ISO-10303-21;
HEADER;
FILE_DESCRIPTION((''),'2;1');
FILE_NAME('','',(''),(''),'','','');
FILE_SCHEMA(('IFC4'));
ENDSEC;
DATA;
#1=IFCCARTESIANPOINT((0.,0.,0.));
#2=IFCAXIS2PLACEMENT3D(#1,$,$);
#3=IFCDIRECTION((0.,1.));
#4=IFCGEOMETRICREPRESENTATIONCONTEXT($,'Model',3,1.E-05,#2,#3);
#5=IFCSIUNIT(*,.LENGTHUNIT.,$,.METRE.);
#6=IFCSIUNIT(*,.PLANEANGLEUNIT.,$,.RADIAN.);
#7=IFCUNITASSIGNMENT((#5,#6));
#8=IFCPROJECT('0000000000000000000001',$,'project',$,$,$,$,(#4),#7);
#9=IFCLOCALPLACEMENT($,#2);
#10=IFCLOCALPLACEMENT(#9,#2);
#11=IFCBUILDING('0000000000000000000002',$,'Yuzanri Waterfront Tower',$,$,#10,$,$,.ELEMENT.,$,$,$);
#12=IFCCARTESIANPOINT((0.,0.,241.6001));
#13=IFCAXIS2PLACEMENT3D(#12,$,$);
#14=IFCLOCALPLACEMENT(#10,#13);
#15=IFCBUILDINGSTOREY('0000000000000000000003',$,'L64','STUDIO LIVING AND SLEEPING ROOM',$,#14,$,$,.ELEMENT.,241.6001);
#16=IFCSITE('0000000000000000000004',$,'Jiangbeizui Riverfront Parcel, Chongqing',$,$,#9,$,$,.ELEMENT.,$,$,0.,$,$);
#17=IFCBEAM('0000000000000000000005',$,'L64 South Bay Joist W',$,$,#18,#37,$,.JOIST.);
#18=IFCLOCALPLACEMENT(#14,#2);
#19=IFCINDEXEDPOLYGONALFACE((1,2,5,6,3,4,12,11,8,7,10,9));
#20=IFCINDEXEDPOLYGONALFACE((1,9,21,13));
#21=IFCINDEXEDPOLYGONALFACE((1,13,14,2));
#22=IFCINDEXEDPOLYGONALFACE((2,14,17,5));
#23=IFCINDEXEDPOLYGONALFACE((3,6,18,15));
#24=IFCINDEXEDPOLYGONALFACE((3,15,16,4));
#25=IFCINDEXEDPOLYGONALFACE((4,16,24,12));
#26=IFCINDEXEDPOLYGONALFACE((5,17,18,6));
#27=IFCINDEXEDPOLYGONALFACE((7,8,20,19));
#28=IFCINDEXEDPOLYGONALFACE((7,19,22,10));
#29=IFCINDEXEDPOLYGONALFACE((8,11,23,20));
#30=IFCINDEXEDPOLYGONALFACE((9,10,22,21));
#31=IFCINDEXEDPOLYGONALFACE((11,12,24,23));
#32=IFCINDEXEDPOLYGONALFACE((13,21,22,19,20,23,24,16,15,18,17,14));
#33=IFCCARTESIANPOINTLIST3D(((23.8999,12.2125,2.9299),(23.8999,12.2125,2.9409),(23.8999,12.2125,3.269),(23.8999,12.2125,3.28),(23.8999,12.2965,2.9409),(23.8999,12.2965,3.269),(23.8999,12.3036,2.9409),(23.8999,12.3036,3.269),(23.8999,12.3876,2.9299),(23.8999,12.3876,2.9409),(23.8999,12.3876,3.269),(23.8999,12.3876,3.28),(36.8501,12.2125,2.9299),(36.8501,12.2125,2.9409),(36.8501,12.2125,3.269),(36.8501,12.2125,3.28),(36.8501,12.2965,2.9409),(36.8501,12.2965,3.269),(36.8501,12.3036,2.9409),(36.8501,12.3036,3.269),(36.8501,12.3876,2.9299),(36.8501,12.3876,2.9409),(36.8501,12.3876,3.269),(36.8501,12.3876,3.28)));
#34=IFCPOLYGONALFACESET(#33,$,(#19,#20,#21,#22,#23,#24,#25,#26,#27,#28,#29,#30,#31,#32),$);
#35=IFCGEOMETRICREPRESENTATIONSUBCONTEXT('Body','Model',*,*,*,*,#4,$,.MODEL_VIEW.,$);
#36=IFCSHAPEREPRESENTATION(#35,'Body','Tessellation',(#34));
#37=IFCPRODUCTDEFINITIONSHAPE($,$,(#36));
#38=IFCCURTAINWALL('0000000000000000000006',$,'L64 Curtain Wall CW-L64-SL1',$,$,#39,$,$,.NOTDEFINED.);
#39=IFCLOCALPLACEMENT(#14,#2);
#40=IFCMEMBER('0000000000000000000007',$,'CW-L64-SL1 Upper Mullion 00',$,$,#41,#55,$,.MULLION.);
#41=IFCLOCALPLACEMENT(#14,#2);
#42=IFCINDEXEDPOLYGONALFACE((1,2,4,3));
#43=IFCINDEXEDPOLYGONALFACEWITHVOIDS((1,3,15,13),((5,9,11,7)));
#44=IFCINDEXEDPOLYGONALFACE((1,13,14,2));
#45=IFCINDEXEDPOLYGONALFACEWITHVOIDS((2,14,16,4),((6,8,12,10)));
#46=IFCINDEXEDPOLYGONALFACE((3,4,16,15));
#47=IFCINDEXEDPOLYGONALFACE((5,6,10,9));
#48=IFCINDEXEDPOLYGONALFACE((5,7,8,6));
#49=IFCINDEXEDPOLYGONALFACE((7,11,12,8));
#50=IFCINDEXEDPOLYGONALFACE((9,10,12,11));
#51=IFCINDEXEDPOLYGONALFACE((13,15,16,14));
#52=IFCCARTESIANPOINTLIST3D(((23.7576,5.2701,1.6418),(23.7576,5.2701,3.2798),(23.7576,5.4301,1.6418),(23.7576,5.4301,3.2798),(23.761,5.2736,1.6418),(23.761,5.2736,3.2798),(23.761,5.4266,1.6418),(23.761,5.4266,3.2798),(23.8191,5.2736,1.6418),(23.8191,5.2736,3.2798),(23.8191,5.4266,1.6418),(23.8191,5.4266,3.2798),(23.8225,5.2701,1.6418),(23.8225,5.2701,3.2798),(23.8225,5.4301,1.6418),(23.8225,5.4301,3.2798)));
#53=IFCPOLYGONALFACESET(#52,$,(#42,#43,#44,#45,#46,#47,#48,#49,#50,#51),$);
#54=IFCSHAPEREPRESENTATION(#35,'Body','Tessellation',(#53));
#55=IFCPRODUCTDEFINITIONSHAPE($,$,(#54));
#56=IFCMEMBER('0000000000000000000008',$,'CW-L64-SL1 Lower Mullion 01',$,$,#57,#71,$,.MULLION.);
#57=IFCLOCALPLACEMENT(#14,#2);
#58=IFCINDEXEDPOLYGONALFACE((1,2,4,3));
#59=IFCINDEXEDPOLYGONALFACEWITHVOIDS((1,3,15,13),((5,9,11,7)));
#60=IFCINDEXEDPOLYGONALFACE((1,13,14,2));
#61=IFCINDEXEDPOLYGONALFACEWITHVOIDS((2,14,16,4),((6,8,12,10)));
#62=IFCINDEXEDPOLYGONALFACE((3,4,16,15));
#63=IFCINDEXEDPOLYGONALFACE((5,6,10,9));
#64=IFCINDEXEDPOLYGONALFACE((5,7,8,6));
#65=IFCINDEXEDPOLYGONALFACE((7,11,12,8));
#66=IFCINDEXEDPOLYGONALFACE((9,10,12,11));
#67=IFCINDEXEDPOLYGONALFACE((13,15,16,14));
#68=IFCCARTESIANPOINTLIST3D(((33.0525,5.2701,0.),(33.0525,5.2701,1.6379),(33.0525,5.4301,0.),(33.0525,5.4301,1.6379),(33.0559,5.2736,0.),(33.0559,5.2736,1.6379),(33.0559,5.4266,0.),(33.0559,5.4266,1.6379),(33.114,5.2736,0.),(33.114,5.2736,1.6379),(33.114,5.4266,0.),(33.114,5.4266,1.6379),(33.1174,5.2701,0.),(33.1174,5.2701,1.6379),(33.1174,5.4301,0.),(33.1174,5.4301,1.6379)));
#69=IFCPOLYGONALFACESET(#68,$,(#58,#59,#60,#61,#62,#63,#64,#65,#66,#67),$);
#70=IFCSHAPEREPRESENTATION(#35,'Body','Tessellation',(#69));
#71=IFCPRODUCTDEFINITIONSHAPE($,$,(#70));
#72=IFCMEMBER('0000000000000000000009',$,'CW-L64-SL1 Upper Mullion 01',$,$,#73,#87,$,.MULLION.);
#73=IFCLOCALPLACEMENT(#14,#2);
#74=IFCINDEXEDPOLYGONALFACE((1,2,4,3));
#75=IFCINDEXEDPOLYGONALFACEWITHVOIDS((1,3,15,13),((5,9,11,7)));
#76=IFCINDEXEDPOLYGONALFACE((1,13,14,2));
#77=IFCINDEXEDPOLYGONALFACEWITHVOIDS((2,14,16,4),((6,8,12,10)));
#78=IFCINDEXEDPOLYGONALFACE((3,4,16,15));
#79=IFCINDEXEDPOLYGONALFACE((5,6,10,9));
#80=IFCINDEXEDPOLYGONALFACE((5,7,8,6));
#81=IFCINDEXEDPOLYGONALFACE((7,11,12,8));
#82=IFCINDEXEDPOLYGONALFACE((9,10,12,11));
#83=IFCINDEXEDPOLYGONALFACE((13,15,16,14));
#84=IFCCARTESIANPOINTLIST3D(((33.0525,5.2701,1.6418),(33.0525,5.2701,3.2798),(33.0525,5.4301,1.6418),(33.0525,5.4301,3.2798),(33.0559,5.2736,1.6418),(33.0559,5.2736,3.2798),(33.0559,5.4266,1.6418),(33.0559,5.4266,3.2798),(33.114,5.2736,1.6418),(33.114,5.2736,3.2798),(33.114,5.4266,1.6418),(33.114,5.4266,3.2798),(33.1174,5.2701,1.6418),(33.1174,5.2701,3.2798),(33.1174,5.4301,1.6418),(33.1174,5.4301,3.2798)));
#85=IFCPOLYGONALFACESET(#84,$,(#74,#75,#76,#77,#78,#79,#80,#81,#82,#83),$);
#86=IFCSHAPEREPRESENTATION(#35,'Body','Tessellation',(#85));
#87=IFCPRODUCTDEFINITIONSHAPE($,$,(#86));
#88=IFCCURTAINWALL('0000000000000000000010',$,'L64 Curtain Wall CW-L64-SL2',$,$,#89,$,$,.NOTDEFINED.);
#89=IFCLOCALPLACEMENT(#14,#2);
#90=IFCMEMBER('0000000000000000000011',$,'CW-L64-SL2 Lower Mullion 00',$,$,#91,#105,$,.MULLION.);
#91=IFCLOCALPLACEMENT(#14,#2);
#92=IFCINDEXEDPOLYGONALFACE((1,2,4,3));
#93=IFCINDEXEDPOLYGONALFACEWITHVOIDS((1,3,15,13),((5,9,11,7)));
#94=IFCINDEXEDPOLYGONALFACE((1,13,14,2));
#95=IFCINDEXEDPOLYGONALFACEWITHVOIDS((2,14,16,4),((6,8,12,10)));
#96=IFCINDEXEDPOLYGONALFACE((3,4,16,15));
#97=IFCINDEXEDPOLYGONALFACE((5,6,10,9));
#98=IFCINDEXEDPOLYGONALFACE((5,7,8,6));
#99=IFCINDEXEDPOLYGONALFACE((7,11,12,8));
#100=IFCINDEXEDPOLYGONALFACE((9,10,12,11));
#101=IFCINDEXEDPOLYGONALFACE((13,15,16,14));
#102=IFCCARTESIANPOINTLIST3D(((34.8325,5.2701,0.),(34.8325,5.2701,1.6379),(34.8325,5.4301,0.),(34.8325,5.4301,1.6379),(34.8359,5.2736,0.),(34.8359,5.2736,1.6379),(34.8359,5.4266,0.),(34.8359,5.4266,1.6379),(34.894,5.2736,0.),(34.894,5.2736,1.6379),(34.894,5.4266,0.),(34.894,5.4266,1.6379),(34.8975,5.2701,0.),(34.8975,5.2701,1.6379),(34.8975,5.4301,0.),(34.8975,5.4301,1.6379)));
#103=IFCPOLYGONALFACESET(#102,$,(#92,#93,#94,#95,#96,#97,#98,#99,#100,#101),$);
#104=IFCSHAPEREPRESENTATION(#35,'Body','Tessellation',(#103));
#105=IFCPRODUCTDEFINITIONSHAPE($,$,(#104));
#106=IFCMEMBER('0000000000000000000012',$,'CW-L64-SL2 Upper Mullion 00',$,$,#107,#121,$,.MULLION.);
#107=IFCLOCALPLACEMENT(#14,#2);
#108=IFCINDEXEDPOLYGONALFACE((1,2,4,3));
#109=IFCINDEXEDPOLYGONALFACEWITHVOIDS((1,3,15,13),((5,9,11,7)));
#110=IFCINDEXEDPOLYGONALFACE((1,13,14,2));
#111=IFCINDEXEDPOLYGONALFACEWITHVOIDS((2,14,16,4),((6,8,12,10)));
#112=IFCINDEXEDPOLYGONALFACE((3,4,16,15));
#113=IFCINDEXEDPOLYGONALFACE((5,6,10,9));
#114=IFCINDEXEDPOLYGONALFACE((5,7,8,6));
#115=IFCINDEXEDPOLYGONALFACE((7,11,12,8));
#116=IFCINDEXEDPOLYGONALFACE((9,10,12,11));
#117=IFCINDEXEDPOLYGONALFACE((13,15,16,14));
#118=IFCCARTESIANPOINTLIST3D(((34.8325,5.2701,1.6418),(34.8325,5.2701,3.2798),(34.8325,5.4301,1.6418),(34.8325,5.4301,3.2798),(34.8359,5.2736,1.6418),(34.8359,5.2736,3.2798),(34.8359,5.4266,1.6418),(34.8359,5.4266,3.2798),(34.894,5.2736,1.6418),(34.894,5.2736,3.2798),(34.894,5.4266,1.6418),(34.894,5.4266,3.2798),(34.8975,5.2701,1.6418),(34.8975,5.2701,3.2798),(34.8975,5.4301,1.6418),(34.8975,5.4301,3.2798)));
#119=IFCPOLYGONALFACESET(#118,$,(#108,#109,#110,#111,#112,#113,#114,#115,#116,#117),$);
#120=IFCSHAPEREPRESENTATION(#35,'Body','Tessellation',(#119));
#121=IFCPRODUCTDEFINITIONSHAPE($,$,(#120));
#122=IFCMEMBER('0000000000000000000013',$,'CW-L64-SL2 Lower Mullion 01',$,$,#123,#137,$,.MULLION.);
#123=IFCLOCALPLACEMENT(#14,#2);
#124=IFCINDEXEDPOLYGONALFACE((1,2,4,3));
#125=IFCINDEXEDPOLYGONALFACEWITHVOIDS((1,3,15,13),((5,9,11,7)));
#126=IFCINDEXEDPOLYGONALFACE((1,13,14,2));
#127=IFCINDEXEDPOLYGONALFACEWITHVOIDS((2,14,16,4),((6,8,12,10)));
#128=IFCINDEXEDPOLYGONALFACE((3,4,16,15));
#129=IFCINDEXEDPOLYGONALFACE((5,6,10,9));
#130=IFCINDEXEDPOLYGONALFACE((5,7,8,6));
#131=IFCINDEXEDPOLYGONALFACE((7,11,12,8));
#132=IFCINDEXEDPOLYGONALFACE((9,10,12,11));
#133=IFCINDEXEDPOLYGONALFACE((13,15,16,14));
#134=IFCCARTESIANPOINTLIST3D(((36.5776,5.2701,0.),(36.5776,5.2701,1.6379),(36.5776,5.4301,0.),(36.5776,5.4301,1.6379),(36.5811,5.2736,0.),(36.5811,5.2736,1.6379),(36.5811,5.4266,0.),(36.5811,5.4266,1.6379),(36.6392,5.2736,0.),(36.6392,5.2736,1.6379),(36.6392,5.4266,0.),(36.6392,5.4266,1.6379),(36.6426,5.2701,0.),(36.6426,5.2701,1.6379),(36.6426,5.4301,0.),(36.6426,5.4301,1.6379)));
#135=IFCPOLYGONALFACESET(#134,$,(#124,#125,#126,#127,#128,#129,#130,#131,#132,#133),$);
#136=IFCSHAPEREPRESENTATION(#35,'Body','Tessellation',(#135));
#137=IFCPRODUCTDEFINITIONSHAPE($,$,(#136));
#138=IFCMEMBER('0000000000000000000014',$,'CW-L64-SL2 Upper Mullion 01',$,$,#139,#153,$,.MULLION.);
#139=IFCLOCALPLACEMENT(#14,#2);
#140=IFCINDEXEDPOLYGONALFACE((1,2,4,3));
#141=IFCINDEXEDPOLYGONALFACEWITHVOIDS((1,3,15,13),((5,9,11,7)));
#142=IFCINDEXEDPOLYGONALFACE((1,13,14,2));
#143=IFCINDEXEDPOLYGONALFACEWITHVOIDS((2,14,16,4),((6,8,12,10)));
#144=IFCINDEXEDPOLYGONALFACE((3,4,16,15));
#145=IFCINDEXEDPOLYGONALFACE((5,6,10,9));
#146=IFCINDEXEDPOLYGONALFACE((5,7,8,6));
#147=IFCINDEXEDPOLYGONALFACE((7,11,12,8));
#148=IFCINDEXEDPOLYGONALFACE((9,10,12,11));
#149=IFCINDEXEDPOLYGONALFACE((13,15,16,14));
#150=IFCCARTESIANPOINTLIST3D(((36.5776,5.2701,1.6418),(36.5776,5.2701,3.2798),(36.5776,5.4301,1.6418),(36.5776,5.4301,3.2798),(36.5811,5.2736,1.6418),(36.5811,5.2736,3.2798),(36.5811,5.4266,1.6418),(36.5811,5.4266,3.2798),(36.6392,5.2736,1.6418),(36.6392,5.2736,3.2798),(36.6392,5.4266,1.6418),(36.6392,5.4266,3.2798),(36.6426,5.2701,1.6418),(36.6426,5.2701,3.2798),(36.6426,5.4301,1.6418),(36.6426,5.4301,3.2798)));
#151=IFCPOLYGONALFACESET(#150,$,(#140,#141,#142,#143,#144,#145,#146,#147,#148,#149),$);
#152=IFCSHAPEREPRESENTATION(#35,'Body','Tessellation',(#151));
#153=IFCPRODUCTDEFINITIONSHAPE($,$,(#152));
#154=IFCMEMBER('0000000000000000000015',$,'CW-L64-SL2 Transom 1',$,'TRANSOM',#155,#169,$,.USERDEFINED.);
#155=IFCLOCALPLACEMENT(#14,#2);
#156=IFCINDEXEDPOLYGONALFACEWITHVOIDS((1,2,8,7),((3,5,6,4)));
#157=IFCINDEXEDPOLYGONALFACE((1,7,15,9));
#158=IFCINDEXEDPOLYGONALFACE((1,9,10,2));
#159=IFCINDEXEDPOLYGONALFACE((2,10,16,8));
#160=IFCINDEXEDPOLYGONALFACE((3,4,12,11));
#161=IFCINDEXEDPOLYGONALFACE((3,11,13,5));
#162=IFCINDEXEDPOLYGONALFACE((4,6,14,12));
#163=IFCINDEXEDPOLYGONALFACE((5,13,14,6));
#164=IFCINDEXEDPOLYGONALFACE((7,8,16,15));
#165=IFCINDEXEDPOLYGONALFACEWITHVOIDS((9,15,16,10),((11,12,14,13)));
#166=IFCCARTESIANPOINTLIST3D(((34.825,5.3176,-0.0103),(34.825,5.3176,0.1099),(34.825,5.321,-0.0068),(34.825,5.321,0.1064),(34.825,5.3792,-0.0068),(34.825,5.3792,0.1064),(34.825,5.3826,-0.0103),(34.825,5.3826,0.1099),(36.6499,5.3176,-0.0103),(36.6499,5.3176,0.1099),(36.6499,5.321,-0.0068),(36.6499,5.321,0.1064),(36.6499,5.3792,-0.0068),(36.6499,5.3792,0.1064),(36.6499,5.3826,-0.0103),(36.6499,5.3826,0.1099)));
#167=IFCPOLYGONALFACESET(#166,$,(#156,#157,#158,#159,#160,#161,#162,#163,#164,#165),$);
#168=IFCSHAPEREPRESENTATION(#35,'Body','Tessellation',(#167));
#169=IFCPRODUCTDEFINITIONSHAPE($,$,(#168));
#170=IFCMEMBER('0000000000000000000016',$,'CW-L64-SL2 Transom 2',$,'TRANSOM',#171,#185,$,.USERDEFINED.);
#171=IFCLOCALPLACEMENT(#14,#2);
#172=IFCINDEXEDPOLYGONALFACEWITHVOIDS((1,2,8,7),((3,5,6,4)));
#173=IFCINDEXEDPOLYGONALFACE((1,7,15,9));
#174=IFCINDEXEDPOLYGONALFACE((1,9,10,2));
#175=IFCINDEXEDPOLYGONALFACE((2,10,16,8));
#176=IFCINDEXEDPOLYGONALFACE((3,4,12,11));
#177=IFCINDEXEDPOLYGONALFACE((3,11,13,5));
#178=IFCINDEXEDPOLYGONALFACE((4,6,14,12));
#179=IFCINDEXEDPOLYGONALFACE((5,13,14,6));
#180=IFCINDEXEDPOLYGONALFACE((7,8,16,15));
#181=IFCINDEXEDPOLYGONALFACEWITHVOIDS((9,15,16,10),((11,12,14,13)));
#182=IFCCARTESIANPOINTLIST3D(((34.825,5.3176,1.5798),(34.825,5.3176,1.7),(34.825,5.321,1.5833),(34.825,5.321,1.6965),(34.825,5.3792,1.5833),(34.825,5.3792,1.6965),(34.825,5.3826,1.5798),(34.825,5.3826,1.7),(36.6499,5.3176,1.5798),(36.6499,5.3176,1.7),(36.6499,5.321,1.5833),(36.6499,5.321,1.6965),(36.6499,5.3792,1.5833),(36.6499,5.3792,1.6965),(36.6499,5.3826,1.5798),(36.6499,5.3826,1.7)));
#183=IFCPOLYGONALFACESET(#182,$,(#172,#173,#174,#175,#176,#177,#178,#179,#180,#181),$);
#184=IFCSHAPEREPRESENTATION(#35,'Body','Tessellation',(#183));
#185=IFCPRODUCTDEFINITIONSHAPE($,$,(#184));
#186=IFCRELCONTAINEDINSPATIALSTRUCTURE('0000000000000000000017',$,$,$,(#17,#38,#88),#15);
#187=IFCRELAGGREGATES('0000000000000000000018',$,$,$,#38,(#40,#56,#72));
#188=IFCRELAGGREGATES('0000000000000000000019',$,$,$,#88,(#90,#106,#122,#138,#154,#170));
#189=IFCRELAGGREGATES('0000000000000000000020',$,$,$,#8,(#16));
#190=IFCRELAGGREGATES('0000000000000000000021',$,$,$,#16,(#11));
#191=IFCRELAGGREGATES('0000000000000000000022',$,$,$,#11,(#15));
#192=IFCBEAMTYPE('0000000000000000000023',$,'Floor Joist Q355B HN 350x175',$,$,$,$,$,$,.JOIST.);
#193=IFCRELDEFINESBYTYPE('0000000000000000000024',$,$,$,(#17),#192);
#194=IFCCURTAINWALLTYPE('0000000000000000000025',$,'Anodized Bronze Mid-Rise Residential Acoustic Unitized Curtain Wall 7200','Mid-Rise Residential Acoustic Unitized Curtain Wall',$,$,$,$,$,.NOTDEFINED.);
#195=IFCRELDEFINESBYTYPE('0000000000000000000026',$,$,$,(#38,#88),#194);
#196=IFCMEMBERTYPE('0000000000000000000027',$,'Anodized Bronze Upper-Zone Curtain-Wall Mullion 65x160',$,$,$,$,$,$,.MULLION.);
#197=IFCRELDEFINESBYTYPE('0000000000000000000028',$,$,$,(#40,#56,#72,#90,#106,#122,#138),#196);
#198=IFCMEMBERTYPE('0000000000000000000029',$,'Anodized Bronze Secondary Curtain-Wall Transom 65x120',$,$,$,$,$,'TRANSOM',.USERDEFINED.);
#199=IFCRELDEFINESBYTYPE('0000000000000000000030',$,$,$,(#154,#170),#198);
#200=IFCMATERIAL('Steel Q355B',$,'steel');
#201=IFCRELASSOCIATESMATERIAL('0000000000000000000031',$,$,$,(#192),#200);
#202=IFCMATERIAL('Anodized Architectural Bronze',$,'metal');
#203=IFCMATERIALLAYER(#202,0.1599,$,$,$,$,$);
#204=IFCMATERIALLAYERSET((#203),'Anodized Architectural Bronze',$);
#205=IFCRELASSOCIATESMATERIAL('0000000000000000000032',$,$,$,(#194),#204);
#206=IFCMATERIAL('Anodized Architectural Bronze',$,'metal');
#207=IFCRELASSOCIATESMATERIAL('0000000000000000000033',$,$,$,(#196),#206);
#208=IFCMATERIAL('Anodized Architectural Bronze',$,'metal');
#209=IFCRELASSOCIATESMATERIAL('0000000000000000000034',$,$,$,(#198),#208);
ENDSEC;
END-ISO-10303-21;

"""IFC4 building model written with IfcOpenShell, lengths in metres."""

from ifc_helpers import new_model, si_unit, direction, frame, origin, origin_2d, place, context, subcontext, project, spatial, hollow_rectangle, i_section, extrude, source, transform, mapped, material, layer, layer_set, material_profile, profile_set, type_object, element, aggregate, save


model = new_model("IFC4")

# Units and contexts
model_context = context("Model", 3, precision=1e-05, world=origin(), true_north=direction((0.0, 1.0)))
body_context = subcontext(model_context, "Body", "Model", "MODEL_VIEW")
ifc_project = project(units=[si_unit("LENGTHUNIT", "METRE"), si_unit("PLANEANGLEUNIT", "RADIAN")], contexts=[model_context])

# Site, building, storey
site_placement = place(None, origin())
site = spatial("IfcSite", under=ifc_project, at=site_placement, Name="Jiangbeizui Riverfront Parcel, Chongqing", CompositionType="ELEMENT", RefElevation=0.0)
building_placement = place(site_placement, origin())
building = spatial("IfcBuilding", under=site, at=building_placement, Name="Yuzanri Waterfront Tower", CompositionType="ELEMENT")
storey_placement = place(building_placement, frame((0.0, 0.0, 241.6001)))
storey = spatial("IfcBuildingStorey", under=building, at=storey_placement, Name="L64", Description="STUDIO LIVING AND SLEEPING ROOM", CompositionType="ELEMENT", Elevation=241.6001)

# Beam
ifc_material_1 = material(Name="Steel Q355B", Category="steel")
ifc_material_profile_1 = material_profile(ifc_material_1, i_section(OverallWidth=0.175, OverallDepth=0.3501, WebThickness=0.0071, FlangeThickness=0.011, at=origin_2d()), Name="HN 350x175x7x11")
ifc_profile_set_1 = profile_set([ifc_material_profile_1], Name="Steel Q355B")
beam_type = type_object("IfcBeamType", Name="Floor Joist Q355B HN 350x175", PredefinedType="JOIST", material=ifc_profile_set_1)
shared_shape_1 = source(origin(), body_context, "Body", "SweptSolid", [
    extrude(i_section(OverallWidth=0.175, OverallDepth=0.3501, WebThickness=0.0071, FlangeThickness=0.011, at=origin_2d()), origin(), (0.0, 0.0, 1.0), 12.9502),
])
beam_placement = place(storey_placement, frame((23.8999, 12.3, 3.105), z_axis=(1.0, 0.0, 0.0), x_axis=(0.0, 1.0, 0.0)))
element("IfcBeam", 1, at=beam_placement, inside=storey, type_object=beam_type, Name="L64 South Bay Joist W", PredefinedType="JOIST", context=body_context, shape_type="MappedRepresentation", body=[
    mapped(shared_shape_1, transform((0.0, 0.0, 0.0), scale=1.0)),
])

# Curtain walls, members
ifc_material_2 = material(Name="Anodized Architectural Bronze", Category="metal")
ifc_layer_1 = layer(ifc_material_2, 0.1599)
ifc_layer_set_1 = layer_set([ifc_layer_1], Name="Anodized Architectural Bronze")
curtain_wall_type = type_object("IfcCurtainWallType", Name="Anodized Bronze Mid-Rise Residential Acoustic Unitized Curtain Wall 7200", Description="Mid-Rise Residential Acoustic Unitized Curtain Wall", PredefinedType="NOTDEFINED", material=ifc_layer_set_1)
curtain_wall_1_placement = place(storey_placement, origin())
curtain_wall_1 = element("IfcCurtainWall", 2, at=curtain_wall_1_placement, inside=storey, type_object=curtain_wall_type, Name="L64 Curtain Wall CW-L64-SL1", PredefinedType="NOTDEFINED")
ifc_material_3 = material(Name="Anodized Architectural Bronze", Category="metal")
ifc_material_profile_2 = material_profile(ifc_material_3, hollow_rectangle(XDim=0.0649, YDim=0.1599, WallThickness=0.0034, at=origin_2d()), Name="CWM 65x160")
ifc_profile_set_2 = profile_set([ifc_material_profile_2], Name="Anodized Architectural Bronze")
member_type_1 = type_object("IfcMemberType", Name="Anodized Bronze Upper-Zone Curtain-Wall Mullion 65x160", PredefinedType="MULLION", material=ifc_profile_set_2)
shared_shape_2 = source(origin(), body_context, "Body", "SweptSolid", [
    extrude(hollow_rectangle(XDim=0.0649, YDim=0.1599, WallThickness=0.0034, at=origin_2d()), origin(), (0.0, 0.0, 1.0), 1.6379),
])
member_1_placement = place(storey_placement, frame((23.79, 5.3501, 1.6418), z_axis=(0.0, 0.0, 1.0), x_axis=(1.0, 0.0, 0.0)))
member_1 = element("IfcMember", 3, at=member_1_placement, type_object=member_type_1, Name="CW-L64-SL1 Upper Mullion 00", PredefinedType="MULLION", context=body_context, shape_type="MappedRepresentation", body=[
    mapped(shared_shape_2, transform((0.0, 0.0, 0.0), scale=1.0)),
])
member_2_placement = place(storey_placement, frame((33.085, 5.3501, 0.0), z_axis=(0.0, 0.0, 1.0), x_axis=(1.0, 0.0, 0.0)))
member_2 = element("IfcMember", 4, at=member_2_placement, type_object=member_type_1, Name="CW-L64-SL1 Lower Mullion 01", PredefinedType="MULLION", context=body_context, shape_type="MappedRepresentation", body=[
    mapped(shared_shape_2, transform((0.0, 0.0, 0.0), scale=1.0)),
])
member_3_placement = place(storey_placement, frame((33.085, 5.3501, 1.6418), z_axis=(0.0, 0.0, 1.0), x_axis=(1.0, 0.0, 0.0)))
member_3 = element("IfcMember", 5, at=member_3_placement, type_object=member_type_1, Name="CW-L64-SL1 Upper Mullion 01", PredefinedType="MULLION", context=body_context, shape_type="MappedRepresentation", body=[
    mapped(shared_shape_2, transform((0.0, 0.0, 0.0), scale=1.0)),
])
curtain_wall_2_placement = place(storey_placement, origin())
curtain_wall_2 = element("IfcCurtainWall", 6, at=curtain_wall_2_placement, inside=storey, type_object=curtain_wall_type, Name="L64 Curtain Wall CW-L64-SL2", PredefinedType="NOTDEFINED")
member_4_placement = place(storey_placement, frame((34.865, 5.3501, 0.0), z_axis=(0.0, 0.0, 1.0), x_axis=(1.0, 0.0, 0.0)))
member_4 = element("IfcMember", 7, at=member_4_placement, type_object=member_type_1, Name="CW-L64-SL2 Lower Mullion 00", PredefinedType="MULLION", context=body_context, shape_type="MappedRepresentation", body=[
    mapped(shared_shape_2, transform((0.0, 0.0, 0.0), scale=1.0)),
])
member_5_placement = place(storey_placement, frame((34.865, 5.3501, 1.6418), z_axis=(0.0, 0.0, 1.0), x_axis=(1.0, 0.0, 0.0)))
member_5 = element("IfcMember", 8, at=member_5_placement, type_object=member_type_1, Name="CW-L64-SL2 Upper Mullion 00", PredefinedType="MULLION", context=body_context, shape_type="MappedRepresentation", body=[
    mapped(shared_shape_2, transform((0.0, 0.0, 0.0), scale=1.0)),
])
member_6_placement = place(storey_placement, frame((36.6101, 5.3501, 0.0), z_axis=(0.0, 0.0, 1.0), x_axis=(1.0, 0.0, 0.0)))
member_6 = element("IfcMember", 9, at=member_6_placement, type_object=member_type_1, Name="CW-L64-SL2 Lower Mullion 01", PredefinedType="MULLION", context=body_context, shape_type="MappedRepresentation", body=[
    mapped(shared_shape_2, transform((0.0, 0.0, 0.0), scale=1.0)),
])
member_7_placement = place(storey_placement, frame((36.6101, 5.3501, 1.6418), z_axis=(0.0, 0.0, 1.0), x_axis=(1.0, 0.0, 0.0)))
member_7 = element("IfcMember", 10, at=member_7_placement, type_object=member_type_1, Name="CW-L64-SL2 Upper Mullion 01", PredefinedType="MULLION", context=body_context, shape_type="MappedRepresentation", body=[
    mapped(shared_shape_2, transform((0.0, 0.0, 0.0), scale=1.0)),
])
ifc_material_4 = material(Name="Anodized Architectural Bronze", Category="metal")
ifc_material_profile_3 = material_profile(ifc_material_4, hollow_rectangle(XDim=0.0649, YDim=0.1201, WallThickness=0.0034, at=origin_2d()), Name="CWT 65x120")
ifc_profile_set_3 = profile_set([ifc_material_profile_3], Name="Anodized Architectural Bronze")
member_type_2 = type_object("IfcMemberType", Name="Anodized Bronze Secondary Curtain-Wall Transom 65x120", ElementType="TRANSOM", PredefinedType="USERDEFINED", material=ifc_profile_set_3)
shared_shape_3 = source(origin(), body_context, "Body", "SweptSolid", [
    extrude(hollow_rectangle(XDim=0.0649, YDim=0.1201, WallThickness=0.0034, at=origin_2d()), origin(), (0.0, 0.0, 1.0), 1.825),
])
member_8_placement = place(storey_placement, frame((34.825, 5.3501, 0.0498), z_axis=(1.0, 0.0, 0.0), x_axis=(0.0, 1.0, 0.0)))
member_8 = element("IfcMember", 11, at=member_8_placement, type_object=member_type_2, Name="CW-L64-SL2 Transom 1", ObjectType="TRANSOM", PredefinedType="USERDEFINED", context=body_context, shape_type="MappedRepresentation", body=[
    mapped(shared_shape_3, transform((0.0, 0.0, 0.0), scale=1.0)),
])
member_9_placement = place(storey_placement, frame((34.825, 5.3501, 1.6399), z_axis=(1.0, 0.0, 0.0), x_axis=(0.0, 1.0, 0.0)))
member_9 = element("IfcMember", 12, at=member_9_placement, type_object=member_type_2, Name="CW-L64-SL2 Transom 2", ObjectType="TRANSOM", PredefinedType="USERDEFINED", context=body_context, shape_type="MappedRepresentation", body=[
    mapped(shared_shape_3, transform((0.0, 0.0, 0.0), scale=1.0)),
])

aggregate(curtain_wall_1, [member_1, member_2, member_3])
aggregate(curtain_wall_2, [member_4, member_5, member_6, member_7, member_8, member_9])

save(model, "model.ifc")
